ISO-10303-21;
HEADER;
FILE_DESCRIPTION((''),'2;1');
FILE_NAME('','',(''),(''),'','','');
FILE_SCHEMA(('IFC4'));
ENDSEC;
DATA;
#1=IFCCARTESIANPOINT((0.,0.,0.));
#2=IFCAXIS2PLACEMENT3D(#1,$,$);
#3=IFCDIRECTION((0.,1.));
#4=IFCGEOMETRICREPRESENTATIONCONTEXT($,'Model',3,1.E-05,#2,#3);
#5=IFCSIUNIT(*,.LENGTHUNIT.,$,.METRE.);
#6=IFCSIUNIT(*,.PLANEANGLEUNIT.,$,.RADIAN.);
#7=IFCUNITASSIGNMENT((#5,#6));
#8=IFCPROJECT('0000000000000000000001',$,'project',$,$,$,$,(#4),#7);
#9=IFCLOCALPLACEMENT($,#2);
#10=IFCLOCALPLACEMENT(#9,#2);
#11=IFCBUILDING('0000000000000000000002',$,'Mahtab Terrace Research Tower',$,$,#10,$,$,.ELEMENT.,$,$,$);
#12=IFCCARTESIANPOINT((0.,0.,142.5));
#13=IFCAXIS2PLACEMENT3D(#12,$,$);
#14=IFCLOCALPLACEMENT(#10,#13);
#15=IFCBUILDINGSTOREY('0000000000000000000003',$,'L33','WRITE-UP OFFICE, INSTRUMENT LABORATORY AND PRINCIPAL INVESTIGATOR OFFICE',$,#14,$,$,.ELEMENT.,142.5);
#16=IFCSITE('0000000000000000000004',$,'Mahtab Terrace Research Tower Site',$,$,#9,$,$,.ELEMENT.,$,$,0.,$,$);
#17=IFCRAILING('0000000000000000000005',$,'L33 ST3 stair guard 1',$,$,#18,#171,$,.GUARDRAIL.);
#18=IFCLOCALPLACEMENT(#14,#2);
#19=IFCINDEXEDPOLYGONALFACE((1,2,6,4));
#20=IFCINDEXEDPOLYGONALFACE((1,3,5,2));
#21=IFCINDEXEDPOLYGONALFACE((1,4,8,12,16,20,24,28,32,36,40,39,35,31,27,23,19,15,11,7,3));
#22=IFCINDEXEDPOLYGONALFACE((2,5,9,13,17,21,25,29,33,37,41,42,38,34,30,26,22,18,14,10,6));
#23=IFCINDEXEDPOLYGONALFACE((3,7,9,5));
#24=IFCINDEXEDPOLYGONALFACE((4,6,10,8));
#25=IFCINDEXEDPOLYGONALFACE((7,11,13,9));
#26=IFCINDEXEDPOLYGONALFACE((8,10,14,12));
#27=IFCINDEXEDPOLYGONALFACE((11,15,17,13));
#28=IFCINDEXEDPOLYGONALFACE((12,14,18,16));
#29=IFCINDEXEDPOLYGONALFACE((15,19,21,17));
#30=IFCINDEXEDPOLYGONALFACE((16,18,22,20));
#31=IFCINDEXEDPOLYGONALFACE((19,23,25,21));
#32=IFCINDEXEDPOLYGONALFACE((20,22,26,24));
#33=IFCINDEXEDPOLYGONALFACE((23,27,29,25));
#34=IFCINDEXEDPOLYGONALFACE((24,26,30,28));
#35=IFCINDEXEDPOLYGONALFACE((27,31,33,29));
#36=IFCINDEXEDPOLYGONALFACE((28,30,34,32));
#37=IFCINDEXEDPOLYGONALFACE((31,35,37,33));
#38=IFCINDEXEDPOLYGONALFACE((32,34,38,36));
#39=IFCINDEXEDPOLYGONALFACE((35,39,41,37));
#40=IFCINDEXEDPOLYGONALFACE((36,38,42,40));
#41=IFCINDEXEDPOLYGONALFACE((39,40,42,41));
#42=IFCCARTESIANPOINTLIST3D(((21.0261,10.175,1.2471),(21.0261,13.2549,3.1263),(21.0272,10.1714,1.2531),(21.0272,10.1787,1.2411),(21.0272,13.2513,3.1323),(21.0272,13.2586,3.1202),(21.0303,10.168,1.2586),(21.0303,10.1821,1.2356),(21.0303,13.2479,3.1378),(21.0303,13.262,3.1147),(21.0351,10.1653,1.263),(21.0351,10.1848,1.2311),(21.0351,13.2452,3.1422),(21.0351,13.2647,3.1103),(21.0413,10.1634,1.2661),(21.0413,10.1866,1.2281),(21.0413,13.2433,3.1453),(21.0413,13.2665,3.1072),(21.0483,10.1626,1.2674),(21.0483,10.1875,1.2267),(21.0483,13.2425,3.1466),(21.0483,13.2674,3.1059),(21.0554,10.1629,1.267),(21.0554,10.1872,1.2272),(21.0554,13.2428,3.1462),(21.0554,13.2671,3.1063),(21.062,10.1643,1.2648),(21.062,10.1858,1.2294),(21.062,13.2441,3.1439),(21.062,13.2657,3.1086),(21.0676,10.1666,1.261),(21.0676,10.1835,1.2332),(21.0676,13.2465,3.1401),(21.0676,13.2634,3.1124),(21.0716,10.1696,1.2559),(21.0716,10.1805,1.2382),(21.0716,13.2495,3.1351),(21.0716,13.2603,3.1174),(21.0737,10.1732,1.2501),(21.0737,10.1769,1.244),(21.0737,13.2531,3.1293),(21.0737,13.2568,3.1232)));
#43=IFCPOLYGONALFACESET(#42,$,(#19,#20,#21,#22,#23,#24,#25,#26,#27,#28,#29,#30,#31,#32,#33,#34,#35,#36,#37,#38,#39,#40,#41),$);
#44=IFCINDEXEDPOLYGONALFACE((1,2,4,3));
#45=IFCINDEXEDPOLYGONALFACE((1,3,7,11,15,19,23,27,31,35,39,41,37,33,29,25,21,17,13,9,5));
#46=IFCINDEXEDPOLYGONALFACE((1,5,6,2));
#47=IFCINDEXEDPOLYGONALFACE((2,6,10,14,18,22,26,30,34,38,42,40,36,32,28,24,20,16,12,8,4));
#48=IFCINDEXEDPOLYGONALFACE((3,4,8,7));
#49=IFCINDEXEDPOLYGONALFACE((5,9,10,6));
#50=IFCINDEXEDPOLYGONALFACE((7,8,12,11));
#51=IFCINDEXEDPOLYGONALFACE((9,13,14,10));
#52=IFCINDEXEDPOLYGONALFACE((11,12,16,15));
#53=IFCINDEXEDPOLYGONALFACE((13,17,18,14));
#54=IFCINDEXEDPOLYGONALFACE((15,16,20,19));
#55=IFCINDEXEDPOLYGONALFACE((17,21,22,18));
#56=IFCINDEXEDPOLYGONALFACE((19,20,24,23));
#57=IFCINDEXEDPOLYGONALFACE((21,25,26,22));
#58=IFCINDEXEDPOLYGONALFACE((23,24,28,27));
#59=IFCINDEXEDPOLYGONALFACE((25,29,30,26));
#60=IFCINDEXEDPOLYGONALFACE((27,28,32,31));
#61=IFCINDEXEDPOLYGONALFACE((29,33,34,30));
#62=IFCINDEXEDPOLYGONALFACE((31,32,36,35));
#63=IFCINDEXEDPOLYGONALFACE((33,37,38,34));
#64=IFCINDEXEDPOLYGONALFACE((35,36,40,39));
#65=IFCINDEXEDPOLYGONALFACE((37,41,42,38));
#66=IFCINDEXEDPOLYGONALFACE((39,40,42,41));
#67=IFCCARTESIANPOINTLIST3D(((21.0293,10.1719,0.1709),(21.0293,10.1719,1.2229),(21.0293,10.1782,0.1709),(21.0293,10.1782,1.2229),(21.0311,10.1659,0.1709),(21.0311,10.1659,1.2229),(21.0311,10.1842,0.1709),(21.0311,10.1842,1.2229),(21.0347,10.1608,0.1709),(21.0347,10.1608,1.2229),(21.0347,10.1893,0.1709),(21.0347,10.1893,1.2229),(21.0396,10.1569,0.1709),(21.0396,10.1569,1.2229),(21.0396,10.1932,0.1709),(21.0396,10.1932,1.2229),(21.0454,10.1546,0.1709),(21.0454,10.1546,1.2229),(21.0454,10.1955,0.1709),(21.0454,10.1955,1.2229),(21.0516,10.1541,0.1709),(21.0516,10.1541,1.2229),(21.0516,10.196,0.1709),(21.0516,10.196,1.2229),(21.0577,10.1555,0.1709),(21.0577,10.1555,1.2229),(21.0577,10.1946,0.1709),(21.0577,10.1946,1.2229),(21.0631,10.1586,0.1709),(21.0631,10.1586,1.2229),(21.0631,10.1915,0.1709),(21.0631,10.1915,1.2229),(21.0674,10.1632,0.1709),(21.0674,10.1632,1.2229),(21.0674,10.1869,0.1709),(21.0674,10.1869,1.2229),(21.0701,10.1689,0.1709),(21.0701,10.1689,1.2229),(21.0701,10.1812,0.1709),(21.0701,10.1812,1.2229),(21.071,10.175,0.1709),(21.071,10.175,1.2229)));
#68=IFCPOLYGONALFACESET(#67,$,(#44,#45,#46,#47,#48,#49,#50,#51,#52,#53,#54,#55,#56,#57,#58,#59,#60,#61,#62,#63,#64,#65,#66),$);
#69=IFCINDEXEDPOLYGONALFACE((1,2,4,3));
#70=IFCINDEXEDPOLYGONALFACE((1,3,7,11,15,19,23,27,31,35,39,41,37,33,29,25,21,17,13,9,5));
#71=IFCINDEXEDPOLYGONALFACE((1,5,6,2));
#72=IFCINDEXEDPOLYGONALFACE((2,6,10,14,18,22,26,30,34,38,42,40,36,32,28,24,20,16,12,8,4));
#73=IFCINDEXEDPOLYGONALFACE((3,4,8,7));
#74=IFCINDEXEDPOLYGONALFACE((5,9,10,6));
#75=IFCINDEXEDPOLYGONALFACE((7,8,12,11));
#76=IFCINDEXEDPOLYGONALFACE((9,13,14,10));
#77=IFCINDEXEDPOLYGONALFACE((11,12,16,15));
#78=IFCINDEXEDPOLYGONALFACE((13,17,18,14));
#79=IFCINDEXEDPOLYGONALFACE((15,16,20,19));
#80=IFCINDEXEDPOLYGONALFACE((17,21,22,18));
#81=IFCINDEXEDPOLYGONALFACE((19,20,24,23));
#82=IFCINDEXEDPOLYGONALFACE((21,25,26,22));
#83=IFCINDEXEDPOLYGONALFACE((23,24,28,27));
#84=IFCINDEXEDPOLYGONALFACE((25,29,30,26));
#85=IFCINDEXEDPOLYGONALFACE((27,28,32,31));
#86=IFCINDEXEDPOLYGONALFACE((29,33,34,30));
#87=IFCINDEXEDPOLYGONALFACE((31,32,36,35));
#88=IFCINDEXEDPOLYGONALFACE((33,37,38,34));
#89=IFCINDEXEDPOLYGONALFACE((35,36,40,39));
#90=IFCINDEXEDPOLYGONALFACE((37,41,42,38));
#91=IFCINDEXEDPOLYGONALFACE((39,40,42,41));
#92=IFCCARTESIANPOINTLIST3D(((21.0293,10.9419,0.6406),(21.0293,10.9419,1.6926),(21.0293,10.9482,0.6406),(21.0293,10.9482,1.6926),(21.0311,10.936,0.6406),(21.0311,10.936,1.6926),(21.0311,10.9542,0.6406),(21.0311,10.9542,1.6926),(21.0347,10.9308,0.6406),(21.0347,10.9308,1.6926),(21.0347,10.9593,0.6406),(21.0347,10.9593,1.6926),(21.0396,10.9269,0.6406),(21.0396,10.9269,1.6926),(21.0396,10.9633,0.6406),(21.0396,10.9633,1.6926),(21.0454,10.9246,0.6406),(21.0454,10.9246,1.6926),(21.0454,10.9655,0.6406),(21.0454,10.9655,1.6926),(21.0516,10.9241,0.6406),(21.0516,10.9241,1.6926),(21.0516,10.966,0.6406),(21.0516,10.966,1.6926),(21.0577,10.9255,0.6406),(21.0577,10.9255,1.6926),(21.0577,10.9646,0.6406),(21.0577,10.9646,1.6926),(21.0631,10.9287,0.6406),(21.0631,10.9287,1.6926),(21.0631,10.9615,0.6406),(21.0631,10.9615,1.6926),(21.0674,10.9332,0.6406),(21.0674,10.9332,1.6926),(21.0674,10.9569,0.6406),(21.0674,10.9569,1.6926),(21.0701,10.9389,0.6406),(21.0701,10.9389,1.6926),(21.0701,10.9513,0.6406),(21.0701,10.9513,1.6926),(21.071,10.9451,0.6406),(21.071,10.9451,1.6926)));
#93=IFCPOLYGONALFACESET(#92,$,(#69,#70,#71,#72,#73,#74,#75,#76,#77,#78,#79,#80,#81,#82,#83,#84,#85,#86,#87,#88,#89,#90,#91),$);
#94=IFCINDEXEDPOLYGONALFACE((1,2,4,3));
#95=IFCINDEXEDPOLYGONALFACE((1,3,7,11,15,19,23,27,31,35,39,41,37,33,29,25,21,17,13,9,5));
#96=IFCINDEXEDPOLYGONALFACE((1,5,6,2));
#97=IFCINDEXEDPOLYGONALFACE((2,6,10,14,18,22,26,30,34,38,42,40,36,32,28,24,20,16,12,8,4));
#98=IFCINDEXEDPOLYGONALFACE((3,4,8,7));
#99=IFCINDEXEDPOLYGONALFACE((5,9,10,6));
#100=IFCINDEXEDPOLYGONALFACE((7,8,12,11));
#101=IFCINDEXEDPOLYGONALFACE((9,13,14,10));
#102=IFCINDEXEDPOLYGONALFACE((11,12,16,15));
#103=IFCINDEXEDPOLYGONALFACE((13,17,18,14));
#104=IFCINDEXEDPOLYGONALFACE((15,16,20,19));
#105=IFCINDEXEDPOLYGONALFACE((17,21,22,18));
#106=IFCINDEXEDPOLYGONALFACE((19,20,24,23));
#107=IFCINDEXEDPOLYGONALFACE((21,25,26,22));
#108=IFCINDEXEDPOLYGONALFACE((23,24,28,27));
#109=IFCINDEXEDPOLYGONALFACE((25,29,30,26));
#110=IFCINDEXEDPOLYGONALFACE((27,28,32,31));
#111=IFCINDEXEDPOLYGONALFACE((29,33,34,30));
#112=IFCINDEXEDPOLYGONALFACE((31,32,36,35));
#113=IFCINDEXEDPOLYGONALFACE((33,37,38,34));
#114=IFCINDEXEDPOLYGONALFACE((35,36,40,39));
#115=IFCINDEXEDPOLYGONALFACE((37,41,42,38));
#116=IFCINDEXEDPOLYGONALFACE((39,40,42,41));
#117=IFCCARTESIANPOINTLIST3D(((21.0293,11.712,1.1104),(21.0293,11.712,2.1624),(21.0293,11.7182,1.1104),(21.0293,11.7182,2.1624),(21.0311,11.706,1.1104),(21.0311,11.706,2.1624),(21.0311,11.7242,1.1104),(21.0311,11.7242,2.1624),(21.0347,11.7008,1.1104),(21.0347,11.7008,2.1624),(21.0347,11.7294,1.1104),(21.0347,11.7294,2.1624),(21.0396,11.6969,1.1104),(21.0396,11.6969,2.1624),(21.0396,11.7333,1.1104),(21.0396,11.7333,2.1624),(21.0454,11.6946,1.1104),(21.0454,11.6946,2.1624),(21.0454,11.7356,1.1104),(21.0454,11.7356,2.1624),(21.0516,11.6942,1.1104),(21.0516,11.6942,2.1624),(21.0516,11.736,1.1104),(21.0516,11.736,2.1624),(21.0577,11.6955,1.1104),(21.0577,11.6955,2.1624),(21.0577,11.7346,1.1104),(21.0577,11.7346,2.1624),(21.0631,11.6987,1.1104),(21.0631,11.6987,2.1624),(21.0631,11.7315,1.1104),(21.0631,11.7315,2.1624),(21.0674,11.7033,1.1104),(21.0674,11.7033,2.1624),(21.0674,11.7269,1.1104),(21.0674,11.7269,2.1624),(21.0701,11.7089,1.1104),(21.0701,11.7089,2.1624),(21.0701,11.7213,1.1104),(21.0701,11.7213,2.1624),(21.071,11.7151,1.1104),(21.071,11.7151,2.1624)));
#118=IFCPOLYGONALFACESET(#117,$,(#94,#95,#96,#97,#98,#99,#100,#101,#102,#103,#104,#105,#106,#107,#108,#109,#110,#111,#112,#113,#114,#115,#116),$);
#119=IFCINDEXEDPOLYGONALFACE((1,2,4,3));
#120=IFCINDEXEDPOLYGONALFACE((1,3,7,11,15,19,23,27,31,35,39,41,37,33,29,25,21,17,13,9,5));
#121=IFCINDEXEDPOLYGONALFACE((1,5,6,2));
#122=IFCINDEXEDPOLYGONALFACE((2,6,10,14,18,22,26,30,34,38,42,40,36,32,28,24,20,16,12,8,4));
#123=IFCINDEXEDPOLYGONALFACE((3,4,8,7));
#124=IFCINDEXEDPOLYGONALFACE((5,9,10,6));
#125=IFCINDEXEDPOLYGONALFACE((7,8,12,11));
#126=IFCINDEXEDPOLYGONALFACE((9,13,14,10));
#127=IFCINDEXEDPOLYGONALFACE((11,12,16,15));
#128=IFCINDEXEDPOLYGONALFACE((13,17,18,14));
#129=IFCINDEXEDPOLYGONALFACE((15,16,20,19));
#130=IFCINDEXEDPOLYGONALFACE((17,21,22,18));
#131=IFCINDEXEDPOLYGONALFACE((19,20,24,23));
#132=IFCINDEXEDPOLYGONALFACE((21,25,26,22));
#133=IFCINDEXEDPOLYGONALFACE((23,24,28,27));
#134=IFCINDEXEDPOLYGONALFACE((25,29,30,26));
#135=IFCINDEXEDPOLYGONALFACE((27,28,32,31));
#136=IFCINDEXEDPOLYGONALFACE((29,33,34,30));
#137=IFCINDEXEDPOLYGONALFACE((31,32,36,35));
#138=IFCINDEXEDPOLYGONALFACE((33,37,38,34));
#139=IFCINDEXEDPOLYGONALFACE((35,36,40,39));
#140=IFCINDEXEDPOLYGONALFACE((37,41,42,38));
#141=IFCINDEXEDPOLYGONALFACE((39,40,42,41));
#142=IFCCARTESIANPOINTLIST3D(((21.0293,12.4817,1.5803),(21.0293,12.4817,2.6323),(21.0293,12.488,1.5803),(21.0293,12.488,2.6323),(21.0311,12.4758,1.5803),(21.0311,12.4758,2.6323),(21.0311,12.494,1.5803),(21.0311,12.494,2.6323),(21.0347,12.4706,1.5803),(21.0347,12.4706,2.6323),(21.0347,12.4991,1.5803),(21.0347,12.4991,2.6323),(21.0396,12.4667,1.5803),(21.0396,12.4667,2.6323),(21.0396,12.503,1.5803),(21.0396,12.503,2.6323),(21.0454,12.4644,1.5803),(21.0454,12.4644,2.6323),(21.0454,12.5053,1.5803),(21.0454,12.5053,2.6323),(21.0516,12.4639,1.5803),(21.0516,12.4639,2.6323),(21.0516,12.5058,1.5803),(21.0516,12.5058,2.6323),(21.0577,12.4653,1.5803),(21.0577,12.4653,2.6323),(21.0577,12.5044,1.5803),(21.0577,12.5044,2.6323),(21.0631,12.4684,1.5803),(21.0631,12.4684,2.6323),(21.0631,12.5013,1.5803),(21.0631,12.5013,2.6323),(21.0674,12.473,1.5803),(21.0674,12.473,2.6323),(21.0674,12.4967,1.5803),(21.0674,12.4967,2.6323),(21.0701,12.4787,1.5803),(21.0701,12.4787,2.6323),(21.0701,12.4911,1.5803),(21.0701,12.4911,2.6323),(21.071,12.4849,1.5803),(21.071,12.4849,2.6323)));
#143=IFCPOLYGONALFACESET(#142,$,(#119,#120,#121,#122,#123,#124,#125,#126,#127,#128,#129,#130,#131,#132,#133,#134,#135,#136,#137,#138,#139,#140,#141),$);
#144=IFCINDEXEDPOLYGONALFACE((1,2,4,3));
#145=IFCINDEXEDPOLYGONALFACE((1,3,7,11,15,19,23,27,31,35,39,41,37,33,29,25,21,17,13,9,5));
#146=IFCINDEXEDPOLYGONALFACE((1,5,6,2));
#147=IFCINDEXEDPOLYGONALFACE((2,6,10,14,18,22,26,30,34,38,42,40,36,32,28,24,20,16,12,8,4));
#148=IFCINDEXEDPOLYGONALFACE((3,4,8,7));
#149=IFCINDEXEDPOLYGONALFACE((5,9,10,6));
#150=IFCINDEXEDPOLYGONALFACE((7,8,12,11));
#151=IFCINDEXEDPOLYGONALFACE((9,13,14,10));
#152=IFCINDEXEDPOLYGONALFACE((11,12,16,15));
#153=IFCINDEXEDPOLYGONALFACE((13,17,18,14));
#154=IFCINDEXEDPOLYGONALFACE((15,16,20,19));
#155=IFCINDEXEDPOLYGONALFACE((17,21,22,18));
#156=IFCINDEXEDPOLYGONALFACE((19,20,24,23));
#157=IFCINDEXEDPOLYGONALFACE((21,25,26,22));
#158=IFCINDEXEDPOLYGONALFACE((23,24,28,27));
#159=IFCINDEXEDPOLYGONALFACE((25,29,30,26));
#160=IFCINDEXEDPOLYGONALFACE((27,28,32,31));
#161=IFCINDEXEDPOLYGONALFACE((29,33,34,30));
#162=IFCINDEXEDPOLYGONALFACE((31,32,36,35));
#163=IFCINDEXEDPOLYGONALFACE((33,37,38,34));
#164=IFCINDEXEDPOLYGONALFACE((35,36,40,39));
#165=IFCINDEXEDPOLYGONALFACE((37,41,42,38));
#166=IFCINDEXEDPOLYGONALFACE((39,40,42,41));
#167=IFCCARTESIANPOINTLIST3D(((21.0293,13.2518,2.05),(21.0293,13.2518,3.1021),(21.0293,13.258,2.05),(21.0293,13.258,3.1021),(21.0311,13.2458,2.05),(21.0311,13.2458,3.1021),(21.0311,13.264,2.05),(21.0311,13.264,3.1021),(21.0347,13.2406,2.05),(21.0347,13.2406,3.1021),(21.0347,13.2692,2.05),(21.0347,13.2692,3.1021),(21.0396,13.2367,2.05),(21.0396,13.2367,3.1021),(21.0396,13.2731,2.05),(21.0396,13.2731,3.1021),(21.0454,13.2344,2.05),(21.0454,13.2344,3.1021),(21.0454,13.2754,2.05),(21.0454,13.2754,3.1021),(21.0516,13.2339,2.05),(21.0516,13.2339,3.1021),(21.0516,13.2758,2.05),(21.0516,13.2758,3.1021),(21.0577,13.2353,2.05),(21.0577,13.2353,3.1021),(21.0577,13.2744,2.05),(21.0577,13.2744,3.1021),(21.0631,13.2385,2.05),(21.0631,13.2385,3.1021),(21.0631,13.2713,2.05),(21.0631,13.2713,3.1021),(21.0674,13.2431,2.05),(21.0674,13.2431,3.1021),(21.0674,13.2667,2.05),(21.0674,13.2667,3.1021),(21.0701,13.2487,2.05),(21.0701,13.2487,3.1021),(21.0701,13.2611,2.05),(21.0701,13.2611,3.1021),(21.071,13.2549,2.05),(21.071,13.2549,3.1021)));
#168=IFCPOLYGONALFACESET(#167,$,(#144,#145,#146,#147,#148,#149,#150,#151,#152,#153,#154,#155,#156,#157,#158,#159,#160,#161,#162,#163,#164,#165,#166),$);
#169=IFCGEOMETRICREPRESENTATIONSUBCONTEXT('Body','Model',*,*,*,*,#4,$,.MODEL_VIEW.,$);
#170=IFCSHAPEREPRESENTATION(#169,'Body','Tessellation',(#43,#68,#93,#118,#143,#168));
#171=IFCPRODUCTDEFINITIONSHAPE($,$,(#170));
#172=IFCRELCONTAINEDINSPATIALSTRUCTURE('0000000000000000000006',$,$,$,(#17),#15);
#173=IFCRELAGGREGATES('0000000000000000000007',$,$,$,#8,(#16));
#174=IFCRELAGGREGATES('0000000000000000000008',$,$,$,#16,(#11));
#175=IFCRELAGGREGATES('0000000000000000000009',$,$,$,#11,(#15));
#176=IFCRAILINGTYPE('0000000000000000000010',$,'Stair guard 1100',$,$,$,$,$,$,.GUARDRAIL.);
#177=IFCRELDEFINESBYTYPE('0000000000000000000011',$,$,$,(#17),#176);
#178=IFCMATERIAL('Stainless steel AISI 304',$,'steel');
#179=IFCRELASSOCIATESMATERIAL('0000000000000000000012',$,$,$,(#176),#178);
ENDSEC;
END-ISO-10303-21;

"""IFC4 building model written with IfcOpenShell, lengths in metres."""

from ifc_helpers import new_model, si_unit, direction, frame, origin, origin_2d, place, context, subcontext, project, spatial, circle, extrude, material, type_object, element, save


model = new_model("IFC4")

# Units and contexts
model_context = context("Model", 3, precision=1e-05, world=origin(), true_north=direction((0.0, 1.0)))
body_context = subcontext(model_context, "Body", "Model", "MODEL_VIEW")
ifc_project = project(units=[si_unit("LENGTHUNIT", "METRE"), si_unit("PLANEANGLEUNIT", "RADIAN")], contexts=[model_context])

# Site, building, storey
site_placement = place(None, origin())
site = spatial("IfcSite", under=ifc_project, at=site_placement, Name="Mahtab Terrace Research Tower Site", CompositionType="ELEMENT", RefElevation=0.0)
building_placement = place(site_placement, origin())
building = spatial("IfcBuilding", under=site, at=building_placement, Name="Mahtab Terrace Research Tower", CompositionType="ELEMENT")
storey_placement = place(building_placement, frame((0.0, 0.0, 142.5)))
storey = spatial("IfcBuildingStorey", under=building, at=storey_placement, Name="L33", Description="WRITE-UP OFFICE, INSTRUMENT LABORATORY AND PRINCIPAL INVESTIGATOR OFFICE", CompositionType="ELEMENT", Elevation=142.5)

# Railing
ifc_material_1 = material(Name="Stainless steel AISI 304", Category="steel")
railing_type_1 = type_object("IfcRailingType", Name="Stair guard 1100", PredefinedType="GUARDRAIL", material=ifc_material_1)
railing_1_placement = place(storey_placement, frame((21.05, 10.175, 0.1709)))
element("IfcRailing", 1, at=railing_1_placement, inside=storey, type_object=railing_type_1, Name="L33 ST3 stair guard 1", PredefinedType="GUARDRAIL", context=body_context, shape_type="SweptSolid", body=[
    extrude(circle(Radius=0.0239, at=origin_2d()), frame((0.0, 0.0, 1.0762), z_axis=(0.0, 0.853648, 0.52085), x_axis=(-1.0, 0.0, 0.0)), (0.0, 0.0, 1.0), 3.6079),
    extrude(circle(Radius=0.021, at=origin_2d()), origin(), (0.0, 0.0, 1.0), 1.052),
    extrude(circle(Radius=0.021, at=origin_2d()), frame((0.0, 0.77, 0.4697)), (0.0, 0.0, 1.0), 1.052),
    extrude(circle(Radius=0.021, at=origin_2d()), frame((0.0, 1.54, 0.9395)), (0.0, 0.0, 1.0), 1.052),
    extrude(circle(Radius=0.021, at=origin_2d()), frame((0.0, 2.3098, 1.4094)), (0.0, 0.0, 1.0), 1.052),
    extrude(circle(Radius=0.021, at=origin_2d()), frame((0.0, 3.0798, 1.8792)), (0.0, 0.0, 1.0), 1.052),
])

save(model, "model.ifc")
